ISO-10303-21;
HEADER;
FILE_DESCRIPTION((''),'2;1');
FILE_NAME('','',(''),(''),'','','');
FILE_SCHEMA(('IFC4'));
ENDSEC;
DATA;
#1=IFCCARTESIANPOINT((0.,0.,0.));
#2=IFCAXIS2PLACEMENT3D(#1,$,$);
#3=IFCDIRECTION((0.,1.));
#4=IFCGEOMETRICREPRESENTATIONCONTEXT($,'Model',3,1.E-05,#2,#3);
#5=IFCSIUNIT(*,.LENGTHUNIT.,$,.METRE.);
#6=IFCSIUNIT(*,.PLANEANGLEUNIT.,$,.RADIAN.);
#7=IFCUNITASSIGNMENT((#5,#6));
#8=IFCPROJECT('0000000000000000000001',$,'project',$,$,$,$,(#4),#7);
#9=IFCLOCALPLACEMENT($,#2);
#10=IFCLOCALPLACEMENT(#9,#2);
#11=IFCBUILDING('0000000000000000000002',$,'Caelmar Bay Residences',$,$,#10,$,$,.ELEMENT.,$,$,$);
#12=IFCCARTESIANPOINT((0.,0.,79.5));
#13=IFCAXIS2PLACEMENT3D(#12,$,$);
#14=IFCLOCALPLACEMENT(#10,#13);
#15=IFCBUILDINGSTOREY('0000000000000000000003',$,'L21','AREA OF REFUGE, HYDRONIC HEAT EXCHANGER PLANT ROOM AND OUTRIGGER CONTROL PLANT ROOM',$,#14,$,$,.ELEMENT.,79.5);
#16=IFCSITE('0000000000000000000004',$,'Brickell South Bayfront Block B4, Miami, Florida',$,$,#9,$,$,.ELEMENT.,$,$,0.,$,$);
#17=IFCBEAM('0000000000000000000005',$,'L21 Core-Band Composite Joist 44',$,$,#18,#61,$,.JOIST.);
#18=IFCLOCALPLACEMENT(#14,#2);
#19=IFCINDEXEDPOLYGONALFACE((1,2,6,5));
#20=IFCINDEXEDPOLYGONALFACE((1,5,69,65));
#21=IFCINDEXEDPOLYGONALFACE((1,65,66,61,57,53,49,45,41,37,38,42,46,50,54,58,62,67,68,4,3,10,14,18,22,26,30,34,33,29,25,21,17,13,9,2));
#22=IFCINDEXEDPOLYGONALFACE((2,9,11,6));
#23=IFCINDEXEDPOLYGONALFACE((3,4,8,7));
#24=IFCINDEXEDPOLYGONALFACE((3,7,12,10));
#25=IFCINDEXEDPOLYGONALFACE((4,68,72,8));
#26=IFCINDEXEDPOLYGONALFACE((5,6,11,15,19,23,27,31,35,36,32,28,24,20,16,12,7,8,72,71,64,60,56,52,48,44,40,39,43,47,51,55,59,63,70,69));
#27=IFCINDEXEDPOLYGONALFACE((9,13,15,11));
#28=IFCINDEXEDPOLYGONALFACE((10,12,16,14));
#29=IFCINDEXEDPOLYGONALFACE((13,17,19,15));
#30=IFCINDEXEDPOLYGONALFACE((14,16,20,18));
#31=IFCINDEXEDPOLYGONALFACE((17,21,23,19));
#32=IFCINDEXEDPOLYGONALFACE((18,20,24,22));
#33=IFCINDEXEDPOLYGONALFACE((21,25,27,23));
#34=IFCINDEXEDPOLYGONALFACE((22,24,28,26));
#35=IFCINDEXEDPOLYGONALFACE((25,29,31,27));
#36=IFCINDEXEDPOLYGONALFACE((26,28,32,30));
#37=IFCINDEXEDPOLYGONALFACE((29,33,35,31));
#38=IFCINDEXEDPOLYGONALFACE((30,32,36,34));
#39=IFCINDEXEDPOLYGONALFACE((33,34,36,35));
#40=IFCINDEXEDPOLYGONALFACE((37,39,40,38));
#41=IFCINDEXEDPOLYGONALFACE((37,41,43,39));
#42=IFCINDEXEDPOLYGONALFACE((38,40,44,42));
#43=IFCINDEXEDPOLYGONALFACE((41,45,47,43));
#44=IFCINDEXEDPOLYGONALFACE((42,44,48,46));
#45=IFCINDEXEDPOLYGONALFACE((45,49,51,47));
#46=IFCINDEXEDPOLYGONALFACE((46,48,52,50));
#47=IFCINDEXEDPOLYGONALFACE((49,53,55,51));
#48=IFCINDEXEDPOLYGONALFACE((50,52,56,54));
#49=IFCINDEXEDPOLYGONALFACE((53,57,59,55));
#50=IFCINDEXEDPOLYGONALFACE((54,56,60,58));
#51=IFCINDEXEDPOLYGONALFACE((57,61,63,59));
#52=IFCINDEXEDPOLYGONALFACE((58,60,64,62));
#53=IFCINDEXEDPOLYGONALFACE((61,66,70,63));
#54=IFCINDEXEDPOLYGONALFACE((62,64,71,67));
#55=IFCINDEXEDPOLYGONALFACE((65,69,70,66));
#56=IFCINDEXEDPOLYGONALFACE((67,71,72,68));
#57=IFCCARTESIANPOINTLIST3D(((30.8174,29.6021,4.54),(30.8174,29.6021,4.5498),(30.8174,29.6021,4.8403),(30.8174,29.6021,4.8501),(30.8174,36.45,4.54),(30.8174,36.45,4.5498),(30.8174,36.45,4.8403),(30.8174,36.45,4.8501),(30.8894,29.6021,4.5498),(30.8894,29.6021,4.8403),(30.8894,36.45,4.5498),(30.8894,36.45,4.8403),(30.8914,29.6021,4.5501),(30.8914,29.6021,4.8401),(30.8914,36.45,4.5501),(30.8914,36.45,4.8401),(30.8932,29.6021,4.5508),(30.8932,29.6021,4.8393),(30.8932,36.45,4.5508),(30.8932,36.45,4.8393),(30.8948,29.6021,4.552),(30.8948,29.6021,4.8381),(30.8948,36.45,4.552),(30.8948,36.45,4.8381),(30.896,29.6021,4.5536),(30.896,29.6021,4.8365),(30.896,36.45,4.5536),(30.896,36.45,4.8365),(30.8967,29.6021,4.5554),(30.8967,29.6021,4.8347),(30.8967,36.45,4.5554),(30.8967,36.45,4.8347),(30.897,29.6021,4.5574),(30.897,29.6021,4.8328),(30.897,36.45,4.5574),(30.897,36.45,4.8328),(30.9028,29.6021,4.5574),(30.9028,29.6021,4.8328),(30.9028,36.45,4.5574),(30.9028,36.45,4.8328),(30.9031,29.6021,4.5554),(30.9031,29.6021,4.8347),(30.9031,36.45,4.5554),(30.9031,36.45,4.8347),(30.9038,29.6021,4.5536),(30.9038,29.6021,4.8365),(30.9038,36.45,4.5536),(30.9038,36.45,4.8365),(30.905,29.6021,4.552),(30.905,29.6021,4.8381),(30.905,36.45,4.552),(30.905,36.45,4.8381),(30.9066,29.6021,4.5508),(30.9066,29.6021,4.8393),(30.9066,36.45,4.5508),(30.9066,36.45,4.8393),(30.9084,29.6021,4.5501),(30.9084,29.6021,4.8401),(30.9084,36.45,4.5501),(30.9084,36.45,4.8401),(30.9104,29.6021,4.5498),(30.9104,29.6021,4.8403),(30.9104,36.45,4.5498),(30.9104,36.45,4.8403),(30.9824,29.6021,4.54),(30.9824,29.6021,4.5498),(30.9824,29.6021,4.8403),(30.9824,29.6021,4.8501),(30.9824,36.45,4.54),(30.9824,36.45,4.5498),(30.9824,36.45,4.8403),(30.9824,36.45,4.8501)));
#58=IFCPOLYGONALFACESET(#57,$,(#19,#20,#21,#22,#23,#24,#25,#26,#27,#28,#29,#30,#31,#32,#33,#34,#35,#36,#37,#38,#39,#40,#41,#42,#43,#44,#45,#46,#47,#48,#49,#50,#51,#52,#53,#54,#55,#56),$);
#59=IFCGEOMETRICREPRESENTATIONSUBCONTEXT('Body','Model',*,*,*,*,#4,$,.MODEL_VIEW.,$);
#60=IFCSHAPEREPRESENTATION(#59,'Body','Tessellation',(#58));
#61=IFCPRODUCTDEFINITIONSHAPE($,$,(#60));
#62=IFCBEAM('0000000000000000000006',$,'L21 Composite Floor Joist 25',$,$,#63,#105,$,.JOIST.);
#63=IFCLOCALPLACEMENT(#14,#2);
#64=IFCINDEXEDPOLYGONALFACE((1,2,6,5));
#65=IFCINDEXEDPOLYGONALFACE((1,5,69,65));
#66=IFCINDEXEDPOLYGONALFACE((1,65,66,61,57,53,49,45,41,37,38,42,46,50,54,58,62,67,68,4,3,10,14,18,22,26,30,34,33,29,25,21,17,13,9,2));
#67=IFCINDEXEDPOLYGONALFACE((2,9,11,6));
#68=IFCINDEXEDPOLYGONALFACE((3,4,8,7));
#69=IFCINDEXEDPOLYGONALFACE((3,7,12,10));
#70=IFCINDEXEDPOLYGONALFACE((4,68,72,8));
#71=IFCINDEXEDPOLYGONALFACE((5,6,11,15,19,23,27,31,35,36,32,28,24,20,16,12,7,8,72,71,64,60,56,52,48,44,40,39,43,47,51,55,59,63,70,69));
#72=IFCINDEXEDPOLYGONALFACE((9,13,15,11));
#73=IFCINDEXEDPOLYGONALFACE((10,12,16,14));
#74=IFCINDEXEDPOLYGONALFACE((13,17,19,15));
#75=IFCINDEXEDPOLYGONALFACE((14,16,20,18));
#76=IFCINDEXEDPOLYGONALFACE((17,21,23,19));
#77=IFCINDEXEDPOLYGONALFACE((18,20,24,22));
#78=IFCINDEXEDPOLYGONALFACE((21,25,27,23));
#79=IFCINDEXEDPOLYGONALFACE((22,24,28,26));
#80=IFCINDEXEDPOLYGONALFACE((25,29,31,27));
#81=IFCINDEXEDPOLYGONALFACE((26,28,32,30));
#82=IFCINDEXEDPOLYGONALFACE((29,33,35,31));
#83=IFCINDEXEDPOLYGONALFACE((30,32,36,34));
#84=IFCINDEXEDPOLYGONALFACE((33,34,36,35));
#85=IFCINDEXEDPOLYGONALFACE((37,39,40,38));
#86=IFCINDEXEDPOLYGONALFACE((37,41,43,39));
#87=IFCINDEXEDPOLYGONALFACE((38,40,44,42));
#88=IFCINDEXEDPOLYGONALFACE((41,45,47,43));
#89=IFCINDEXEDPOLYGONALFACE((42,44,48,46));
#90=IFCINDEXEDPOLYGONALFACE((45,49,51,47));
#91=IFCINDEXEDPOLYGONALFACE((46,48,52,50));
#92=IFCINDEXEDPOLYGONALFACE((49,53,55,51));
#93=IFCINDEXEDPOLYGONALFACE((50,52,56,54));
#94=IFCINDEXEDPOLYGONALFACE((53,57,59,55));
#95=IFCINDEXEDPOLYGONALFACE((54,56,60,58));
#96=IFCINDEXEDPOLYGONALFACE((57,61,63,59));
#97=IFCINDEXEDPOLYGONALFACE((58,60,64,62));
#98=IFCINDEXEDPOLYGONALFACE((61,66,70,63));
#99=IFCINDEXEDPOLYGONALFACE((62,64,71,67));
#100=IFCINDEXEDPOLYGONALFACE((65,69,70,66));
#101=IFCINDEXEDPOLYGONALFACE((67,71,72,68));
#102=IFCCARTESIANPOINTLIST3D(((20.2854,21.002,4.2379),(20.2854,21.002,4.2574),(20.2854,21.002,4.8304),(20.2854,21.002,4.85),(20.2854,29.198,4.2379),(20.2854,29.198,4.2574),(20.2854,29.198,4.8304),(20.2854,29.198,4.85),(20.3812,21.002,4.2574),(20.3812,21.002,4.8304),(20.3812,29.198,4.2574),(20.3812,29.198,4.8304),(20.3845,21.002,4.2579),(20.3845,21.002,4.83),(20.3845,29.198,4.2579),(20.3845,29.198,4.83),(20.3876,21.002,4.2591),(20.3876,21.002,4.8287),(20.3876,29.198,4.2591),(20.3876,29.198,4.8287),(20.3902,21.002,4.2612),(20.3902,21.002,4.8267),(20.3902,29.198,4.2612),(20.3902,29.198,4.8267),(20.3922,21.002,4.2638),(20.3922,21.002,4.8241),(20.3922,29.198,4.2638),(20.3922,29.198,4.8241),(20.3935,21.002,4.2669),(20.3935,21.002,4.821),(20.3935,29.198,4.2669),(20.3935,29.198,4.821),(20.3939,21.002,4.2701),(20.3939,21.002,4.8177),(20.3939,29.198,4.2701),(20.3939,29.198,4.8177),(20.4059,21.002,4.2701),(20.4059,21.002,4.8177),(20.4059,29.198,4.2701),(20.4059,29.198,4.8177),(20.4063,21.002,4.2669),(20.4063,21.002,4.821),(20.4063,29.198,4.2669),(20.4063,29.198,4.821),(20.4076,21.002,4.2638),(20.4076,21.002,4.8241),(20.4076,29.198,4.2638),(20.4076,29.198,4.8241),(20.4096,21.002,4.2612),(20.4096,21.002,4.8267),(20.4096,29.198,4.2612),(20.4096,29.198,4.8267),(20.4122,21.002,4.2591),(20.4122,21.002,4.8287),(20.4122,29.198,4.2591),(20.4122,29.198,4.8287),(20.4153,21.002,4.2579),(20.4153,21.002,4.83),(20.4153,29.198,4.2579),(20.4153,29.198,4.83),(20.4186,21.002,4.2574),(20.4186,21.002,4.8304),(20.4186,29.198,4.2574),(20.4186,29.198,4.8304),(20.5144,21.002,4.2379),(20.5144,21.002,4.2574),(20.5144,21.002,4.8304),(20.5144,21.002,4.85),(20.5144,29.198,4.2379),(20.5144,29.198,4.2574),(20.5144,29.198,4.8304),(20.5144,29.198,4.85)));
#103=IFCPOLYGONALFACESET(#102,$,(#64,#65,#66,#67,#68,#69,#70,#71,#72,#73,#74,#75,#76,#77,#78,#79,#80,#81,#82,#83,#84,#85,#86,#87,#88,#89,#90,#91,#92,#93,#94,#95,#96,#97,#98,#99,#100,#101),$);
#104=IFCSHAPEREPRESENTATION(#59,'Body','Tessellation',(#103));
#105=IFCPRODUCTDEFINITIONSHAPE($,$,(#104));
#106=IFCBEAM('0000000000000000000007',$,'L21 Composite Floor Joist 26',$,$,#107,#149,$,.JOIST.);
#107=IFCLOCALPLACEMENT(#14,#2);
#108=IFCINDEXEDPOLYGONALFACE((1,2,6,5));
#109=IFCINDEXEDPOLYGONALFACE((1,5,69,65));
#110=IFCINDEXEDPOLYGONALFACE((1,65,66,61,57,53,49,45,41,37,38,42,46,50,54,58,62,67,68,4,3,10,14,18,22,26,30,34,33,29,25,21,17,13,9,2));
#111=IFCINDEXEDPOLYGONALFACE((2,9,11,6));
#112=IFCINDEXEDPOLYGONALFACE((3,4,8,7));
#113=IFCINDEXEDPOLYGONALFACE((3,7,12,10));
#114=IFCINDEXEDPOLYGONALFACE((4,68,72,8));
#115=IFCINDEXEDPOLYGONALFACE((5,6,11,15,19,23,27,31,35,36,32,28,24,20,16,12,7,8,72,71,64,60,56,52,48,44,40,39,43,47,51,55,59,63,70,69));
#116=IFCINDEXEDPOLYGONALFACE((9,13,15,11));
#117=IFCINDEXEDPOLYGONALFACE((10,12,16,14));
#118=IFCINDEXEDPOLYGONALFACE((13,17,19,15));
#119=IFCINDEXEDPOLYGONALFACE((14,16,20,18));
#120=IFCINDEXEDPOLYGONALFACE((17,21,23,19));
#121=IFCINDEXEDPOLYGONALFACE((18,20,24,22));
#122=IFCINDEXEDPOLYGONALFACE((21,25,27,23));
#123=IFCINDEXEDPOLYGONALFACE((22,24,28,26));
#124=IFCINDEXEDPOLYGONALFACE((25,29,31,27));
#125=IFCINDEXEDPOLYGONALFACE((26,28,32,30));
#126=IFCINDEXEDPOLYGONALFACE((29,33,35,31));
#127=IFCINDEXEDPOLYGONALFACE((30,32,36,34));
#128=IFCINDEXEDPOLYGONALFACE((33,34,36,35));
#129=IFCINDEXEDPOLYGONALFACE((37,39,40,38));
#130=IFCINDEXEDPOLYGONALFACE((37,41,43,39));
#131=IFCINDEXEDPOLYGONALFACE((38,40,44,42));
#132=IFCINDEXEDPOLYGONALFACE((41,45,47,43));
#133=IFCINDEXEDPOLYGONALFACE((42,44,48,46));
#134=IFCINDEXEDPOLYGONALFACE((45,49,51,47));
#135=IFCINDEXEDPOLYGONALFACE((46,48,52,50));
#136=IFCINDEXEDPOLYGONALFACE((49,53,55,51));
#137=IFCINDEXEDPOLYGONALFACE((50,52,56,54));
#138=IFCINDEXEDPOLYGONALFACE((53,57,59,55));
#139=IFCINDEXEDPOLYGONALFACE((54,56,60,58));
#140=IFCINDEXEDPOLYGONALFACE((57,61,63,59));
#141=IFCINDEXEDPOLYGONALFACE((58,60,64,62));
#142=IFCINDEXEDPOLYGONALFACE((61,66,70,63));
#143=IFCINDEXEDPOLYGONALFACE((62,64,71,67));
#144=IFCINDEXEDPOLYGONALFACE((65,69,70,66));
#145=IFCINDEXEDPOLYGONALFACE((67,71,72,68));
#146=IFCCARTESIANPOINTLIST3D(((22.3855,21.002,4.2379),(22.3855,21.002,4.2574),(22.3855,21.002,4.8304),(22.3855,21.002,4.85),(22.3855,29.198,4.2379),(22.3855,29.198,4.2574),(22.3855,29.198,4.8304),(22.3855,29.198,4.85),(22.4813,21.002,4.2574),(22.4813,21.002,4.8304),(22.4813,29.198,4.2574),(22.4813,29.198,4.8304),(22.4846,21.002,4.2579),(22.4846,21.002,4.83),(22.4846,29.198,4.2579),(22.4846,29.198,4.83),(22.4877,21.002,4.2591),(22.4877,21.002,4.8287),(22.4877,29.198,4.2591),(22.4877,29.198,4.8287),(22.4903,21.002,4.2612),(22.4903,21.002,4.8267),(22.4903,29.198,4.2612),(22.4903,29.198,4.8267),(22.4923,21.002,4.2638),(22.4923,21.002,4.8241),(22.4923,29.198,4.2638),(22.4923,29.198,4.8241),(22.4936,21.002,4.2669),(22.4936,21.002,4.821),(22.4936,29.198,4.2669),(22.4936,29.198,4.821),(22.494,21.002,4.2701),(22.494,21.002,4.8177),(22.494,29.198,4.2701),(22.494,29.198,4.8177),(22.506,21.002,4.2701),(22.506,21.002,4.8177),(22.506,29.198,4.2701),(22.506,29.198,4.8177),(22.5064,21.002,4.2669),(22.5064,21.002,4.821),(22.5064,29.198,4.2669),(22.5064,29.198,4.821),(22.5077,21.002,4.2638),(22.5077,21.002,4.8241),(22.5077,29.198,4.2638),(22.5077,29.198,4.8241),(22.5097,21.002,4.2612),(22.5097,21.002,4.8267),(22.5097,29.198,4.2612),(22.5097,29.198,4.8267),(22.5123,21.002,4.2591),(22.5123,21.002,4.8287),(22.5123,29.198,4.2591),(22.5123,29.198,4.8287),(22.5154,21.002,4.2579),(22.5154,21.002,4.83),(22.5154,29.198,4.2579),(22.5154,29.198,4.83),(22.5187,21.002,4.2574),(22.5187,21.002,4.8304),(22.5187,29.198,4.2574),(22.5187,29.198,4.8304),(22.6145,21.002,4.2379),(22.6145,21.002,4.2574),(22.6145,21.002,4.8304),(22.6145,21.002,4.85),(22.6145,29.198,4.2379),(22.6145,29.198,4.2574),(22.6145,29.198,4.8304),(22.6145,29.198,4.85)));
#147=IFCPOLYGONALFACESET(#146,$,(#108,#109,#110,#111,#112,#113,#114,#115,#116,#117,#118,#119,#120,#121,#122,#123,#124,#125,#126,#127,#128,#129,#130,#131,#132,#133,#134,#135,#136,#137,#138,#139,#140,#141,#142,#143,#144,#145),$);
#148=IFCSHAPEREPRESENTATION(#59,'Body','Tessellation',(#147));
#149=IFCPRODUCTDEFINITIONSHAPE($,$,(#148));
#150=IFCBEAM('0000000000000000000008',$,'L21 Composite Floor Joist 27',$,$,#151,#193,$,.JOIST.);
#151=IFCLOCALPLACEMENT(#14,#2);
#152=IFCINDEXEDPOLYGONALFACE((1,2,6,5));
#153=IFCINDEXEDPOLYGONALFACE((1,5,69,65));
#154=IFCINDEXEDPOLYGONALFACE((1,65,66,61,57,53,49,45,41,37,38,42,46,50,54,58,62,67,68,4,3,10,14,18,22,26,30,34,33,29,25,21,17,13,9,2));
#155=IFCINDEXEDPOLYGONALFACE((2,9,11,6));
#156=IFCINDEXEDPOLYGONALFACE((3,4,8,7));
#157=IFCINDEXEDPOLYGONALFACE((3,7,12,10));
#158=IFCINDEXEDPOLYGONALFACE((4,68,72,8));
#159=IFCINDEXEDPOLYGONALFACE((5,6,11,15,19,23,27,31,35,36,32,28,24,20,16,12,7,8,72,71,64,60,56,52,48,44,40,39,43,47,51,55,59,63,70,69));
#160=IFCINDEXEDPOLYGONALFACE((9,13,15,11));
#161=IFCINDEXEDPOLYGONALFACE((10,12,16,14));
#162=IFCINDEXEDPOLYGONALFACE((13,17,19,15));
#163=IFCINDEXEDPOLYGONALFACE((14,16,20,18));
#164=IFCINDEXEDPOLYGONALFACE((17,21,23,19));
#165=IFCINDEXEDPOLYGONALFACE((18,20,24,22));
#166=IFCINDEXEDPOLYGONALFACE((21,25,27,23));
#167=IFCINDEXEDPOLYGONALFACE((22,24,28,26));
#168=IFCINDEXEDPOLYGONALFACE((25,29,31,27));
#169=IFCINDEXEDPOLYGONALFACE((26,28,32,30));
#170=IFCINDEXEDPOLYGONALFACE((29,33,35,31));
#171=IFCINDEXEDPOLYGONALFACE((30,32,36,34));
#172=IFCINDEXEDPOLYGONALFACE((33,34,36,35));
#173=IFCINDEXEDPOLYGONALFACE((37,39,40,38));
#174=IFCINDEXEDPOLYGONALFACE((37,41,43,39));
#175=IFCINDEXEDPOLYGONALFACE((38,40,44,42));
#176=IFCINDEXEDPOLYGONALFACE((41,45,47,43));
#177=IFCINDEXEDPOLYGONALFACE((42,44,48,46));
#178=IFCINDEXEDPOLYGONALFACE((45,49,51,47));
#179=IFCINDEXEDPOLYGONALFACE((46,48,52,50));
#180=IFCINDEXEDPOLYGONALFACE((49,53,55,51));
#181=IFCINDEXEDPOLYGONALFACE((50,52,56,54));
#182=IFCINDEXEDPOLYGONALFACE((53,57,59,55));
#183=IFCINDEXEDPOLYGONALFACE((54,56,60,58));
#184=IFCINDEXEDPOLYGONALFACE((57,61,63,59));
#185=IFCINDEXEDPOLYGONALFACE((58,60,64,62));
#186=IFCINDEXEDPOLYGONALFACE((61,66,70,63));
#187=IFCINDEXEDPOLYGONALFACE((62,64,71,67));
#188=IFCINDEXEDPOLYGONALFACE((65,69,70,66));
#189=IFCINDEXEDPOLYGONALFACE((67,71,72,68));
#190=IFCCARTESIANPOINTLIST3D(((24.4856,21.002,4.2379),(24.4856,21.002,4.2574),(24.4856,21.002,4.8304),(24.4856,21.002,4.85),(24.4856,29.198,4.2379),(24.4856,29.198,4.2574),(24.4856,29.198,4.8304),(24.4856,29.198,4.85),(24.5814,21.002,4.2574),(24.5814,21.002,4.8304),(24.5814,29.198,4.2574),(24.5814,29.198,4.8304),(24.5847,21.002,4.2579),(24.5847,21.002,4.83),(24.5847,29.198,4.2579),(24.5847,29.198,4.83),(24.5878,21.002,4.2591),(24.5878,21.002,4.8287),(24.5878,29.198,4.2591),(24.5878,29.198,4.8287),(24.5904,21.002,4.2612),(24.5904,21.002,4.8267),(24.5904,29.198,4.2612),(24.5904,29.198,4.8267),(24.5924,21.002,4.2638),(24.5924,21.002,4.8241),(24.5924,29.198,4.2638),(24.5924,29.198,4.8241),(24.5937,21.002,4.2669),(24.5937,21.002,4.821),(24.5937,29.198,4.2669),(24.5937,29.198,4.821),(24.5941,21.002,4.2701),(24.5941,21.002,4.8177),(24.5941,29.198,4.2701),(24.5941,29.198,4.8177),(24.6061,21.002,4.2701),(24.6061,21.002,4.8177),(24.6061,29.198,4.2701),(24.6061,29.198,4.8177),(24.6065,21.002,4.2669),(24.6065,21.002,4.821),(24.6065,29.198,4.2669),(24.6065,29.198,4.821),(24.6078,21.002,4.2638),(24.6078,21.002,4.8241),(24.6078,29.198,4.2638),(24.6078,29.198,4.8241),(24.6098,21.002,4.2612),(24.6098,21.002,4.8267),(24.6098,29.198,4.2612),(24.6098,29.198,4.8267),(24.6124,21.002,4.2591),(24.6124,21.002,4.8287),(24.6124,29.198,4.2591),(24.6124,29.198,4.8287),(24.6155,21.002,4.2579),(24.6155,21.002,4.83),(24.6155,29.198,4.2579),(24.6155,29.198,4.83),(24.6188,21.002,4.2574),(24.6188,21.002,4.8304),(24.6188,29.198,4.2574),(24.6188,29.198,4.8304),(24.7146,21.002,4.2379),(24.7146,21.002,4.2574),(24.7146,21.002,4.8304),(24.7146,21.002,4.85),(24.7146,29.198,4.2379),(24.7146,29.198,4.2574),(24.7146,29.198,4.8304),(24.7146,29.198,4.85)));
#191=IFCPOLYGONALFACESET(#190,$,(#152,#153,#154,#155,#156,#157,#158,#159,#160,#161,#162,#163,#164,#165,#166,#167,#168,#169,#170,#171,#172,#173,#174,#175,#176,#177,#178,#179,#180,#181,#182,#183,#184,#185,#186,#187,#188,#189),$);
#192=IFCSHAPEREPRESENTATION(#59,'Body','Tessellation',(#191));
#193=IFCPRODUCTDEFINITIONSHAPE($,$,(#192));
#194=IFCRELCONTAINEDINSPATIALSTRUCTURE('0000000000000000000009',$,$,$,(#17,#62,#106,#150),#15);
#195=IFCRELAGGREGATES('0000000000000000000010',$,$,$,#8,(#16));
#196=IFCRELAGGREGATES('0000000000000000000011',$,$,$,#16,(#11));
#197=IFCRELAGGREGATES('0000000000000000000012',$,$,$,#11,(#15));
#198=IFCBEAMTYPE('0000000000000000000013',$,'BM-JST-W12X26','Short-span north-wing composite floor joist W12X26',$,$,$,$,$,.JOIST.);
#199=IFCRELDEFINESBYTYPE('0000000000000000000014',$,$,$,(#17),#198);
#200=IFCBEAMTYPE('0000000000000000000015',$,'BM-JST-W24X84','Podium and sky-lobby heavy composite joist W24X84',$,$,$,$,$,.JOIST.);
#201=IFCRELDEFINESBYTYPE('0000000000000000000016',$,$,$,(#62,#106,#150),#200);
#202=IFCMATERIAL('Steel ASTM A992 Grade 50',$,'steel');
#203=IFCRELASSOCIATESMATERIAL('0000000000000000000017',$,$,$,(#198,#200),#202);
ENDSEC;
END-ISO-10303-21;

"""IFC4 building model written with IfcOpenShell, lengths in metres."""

from ifc_helpers import new_model, si_unit, direction, frame, origin, origin_2d, place, context, subcontext, project, spatial, i_section, extrude, material, material_profile, profile_set, type_object, element, save


model = new_model("IFC4")

# Units and contexts
model_context = context("Model", 3, precision=1e-05, world=origin(), true_north=direction((0.0, 1.0)))
body_context = subcontext(model_context, "Body", "Model", "MODEL_VIEW")
ifc_project = project(units=[si_unit("LENGTHUNIT", "METRE"), si_unit("PLANEANGLEUNIT", "RADIAN")], contexts=[model_context])

# Site, building, storey
site_placement = place(None, origin())
site = spatial("IfcSite", under=ifc_project, at=site_placement, Name="Brickell South Bayfront Block B4, Miami, Florida", CompositionType="ELEMENT", RefElevation=0.0)
building_placement = place(site_placement, origin())
building = spatial("IfcBuilding", under=site, at=building_placement, Name="Caelmar Bay Residences", CompositionType="ELEMENT")
storey_placement = place(building_placement, frame((0.0, 0.0, 79.5)))
storey = spatial("IfcBuildingStorey", under=building, at=storey_placement, Name="L21", Description="AREA OF REFUGE, HYDRONIC HEAT EXCHANGER PLANT ROOM AND OUTRIGGER CONTROL PLANT ROOM", CompositionType="ELEMENT", Elevation=79.5)

# Beams
ifc_material_1 = material(Name="Steel ASTM A992 Grade 50", Category="steel")
ifc_material_profile_1 = material_profile(ifc_material_1, i_section(OverallWidth=0.165, OverallDepth=0.3101, WebThickness=0.0059, FlangeThickness=0.0098, FilletRadius=0.0076, at=origin_2d()), Name="W12X26")
ifc_profile_set_1 = profile_set([ifc_material_profile_1], Name="Steel ASTM A992 Grade 50")
beam_type_1 = type_object("IfcBeamType", Name="BM-JST-W12X26", Description="Short-span north-wing composite floor joist W12X26", PredefinedType="JOIST", material=ifc_profile_set_1)
for number, where, z_axis, x_axis, name in (
    (1, (30.8999, 29.6021, 4.6951), (0.0, 1.0, 0.0), (-1.0, 0.0, 0.0), "L21 Core-Band Composite Joist 44"),
):
    element("IfcBeam", number, at=place(storey_placement, frame(where, z_axis=z_axis, x_axis=x_axis)), inside=storey, type_object=beam_type_1, Name=name, PredefinedType="JOIST", context=body_context, shape_type="SweptSolid", body=[
        extrude(i_section(OverallWidth=0.165, OverallDepth=0.3101, WebThickness=0.0059, FlangeThickness=0.0098, FilletRadius=0.0076, at=origin_2d()), origin(), (0.0, 0.0, 1.0), 6.8479),
    ])
ifc_material_profile_2 = material_profile(ifc_material_1, i_section(OverallWidth=0.229, OverallDepth=0.6121, WebThickness=0.012, FlangeThickness=0.0195, FilletRadius=0.0127, at=origin_2d()), Name="W24X84")
ifc_profile_set_2 = profile_set([ifc_material_profile_2], Name="Steel ASTM A992 Grade 50")
beam_type_2 = type_object("IfcBeamType", Name="BM-JST-W24X84", Description="Podium and sky-lobby heavy composite joist W24X84", PredefinedType="JOIST", material=ifc_profile_set_2)
for number, where, z_axis, x_axis, name in (
    (2, (20.3999, 21.002, 4.5439), (0.0, 1.0, 0.0), (-1.0, 0.0, 0.0), "L21 Composite Floor Joist 25"),
    (3, (22.5, 21.002, 4.5439), (0.0, 1.0, 0.0), (-1.0, 0.0, 0.0), "L21 Composite Floor Joist 26"),
    (4, (24.6001, 21.002, 4.5439), (0.0, 1.0, 0.0), (-1.0, 0.0, 0.0), "L21 Composite Floor Joist 27"),
):
    element("IfcBeam", number, at=place(storey_placement, frame(where, z_axis=z_axis, x_axis=x_axis)), inside=storey, type_object=beam_type_2, Name=name, PredefinedType="JOIST", context=body_context, shape_type="SweptSolid", body=[
        extrude(i_section(OverallWidth=0.229, OverallDepth=0.6121, WebThickness=0.012, FlangeThickness=0.0195, FilletRadius=0.0127, at=origin_2d()), origin(), (0.0, 0.0, 1.0), 8.196),
    ])

save(model, "model.ifc")
